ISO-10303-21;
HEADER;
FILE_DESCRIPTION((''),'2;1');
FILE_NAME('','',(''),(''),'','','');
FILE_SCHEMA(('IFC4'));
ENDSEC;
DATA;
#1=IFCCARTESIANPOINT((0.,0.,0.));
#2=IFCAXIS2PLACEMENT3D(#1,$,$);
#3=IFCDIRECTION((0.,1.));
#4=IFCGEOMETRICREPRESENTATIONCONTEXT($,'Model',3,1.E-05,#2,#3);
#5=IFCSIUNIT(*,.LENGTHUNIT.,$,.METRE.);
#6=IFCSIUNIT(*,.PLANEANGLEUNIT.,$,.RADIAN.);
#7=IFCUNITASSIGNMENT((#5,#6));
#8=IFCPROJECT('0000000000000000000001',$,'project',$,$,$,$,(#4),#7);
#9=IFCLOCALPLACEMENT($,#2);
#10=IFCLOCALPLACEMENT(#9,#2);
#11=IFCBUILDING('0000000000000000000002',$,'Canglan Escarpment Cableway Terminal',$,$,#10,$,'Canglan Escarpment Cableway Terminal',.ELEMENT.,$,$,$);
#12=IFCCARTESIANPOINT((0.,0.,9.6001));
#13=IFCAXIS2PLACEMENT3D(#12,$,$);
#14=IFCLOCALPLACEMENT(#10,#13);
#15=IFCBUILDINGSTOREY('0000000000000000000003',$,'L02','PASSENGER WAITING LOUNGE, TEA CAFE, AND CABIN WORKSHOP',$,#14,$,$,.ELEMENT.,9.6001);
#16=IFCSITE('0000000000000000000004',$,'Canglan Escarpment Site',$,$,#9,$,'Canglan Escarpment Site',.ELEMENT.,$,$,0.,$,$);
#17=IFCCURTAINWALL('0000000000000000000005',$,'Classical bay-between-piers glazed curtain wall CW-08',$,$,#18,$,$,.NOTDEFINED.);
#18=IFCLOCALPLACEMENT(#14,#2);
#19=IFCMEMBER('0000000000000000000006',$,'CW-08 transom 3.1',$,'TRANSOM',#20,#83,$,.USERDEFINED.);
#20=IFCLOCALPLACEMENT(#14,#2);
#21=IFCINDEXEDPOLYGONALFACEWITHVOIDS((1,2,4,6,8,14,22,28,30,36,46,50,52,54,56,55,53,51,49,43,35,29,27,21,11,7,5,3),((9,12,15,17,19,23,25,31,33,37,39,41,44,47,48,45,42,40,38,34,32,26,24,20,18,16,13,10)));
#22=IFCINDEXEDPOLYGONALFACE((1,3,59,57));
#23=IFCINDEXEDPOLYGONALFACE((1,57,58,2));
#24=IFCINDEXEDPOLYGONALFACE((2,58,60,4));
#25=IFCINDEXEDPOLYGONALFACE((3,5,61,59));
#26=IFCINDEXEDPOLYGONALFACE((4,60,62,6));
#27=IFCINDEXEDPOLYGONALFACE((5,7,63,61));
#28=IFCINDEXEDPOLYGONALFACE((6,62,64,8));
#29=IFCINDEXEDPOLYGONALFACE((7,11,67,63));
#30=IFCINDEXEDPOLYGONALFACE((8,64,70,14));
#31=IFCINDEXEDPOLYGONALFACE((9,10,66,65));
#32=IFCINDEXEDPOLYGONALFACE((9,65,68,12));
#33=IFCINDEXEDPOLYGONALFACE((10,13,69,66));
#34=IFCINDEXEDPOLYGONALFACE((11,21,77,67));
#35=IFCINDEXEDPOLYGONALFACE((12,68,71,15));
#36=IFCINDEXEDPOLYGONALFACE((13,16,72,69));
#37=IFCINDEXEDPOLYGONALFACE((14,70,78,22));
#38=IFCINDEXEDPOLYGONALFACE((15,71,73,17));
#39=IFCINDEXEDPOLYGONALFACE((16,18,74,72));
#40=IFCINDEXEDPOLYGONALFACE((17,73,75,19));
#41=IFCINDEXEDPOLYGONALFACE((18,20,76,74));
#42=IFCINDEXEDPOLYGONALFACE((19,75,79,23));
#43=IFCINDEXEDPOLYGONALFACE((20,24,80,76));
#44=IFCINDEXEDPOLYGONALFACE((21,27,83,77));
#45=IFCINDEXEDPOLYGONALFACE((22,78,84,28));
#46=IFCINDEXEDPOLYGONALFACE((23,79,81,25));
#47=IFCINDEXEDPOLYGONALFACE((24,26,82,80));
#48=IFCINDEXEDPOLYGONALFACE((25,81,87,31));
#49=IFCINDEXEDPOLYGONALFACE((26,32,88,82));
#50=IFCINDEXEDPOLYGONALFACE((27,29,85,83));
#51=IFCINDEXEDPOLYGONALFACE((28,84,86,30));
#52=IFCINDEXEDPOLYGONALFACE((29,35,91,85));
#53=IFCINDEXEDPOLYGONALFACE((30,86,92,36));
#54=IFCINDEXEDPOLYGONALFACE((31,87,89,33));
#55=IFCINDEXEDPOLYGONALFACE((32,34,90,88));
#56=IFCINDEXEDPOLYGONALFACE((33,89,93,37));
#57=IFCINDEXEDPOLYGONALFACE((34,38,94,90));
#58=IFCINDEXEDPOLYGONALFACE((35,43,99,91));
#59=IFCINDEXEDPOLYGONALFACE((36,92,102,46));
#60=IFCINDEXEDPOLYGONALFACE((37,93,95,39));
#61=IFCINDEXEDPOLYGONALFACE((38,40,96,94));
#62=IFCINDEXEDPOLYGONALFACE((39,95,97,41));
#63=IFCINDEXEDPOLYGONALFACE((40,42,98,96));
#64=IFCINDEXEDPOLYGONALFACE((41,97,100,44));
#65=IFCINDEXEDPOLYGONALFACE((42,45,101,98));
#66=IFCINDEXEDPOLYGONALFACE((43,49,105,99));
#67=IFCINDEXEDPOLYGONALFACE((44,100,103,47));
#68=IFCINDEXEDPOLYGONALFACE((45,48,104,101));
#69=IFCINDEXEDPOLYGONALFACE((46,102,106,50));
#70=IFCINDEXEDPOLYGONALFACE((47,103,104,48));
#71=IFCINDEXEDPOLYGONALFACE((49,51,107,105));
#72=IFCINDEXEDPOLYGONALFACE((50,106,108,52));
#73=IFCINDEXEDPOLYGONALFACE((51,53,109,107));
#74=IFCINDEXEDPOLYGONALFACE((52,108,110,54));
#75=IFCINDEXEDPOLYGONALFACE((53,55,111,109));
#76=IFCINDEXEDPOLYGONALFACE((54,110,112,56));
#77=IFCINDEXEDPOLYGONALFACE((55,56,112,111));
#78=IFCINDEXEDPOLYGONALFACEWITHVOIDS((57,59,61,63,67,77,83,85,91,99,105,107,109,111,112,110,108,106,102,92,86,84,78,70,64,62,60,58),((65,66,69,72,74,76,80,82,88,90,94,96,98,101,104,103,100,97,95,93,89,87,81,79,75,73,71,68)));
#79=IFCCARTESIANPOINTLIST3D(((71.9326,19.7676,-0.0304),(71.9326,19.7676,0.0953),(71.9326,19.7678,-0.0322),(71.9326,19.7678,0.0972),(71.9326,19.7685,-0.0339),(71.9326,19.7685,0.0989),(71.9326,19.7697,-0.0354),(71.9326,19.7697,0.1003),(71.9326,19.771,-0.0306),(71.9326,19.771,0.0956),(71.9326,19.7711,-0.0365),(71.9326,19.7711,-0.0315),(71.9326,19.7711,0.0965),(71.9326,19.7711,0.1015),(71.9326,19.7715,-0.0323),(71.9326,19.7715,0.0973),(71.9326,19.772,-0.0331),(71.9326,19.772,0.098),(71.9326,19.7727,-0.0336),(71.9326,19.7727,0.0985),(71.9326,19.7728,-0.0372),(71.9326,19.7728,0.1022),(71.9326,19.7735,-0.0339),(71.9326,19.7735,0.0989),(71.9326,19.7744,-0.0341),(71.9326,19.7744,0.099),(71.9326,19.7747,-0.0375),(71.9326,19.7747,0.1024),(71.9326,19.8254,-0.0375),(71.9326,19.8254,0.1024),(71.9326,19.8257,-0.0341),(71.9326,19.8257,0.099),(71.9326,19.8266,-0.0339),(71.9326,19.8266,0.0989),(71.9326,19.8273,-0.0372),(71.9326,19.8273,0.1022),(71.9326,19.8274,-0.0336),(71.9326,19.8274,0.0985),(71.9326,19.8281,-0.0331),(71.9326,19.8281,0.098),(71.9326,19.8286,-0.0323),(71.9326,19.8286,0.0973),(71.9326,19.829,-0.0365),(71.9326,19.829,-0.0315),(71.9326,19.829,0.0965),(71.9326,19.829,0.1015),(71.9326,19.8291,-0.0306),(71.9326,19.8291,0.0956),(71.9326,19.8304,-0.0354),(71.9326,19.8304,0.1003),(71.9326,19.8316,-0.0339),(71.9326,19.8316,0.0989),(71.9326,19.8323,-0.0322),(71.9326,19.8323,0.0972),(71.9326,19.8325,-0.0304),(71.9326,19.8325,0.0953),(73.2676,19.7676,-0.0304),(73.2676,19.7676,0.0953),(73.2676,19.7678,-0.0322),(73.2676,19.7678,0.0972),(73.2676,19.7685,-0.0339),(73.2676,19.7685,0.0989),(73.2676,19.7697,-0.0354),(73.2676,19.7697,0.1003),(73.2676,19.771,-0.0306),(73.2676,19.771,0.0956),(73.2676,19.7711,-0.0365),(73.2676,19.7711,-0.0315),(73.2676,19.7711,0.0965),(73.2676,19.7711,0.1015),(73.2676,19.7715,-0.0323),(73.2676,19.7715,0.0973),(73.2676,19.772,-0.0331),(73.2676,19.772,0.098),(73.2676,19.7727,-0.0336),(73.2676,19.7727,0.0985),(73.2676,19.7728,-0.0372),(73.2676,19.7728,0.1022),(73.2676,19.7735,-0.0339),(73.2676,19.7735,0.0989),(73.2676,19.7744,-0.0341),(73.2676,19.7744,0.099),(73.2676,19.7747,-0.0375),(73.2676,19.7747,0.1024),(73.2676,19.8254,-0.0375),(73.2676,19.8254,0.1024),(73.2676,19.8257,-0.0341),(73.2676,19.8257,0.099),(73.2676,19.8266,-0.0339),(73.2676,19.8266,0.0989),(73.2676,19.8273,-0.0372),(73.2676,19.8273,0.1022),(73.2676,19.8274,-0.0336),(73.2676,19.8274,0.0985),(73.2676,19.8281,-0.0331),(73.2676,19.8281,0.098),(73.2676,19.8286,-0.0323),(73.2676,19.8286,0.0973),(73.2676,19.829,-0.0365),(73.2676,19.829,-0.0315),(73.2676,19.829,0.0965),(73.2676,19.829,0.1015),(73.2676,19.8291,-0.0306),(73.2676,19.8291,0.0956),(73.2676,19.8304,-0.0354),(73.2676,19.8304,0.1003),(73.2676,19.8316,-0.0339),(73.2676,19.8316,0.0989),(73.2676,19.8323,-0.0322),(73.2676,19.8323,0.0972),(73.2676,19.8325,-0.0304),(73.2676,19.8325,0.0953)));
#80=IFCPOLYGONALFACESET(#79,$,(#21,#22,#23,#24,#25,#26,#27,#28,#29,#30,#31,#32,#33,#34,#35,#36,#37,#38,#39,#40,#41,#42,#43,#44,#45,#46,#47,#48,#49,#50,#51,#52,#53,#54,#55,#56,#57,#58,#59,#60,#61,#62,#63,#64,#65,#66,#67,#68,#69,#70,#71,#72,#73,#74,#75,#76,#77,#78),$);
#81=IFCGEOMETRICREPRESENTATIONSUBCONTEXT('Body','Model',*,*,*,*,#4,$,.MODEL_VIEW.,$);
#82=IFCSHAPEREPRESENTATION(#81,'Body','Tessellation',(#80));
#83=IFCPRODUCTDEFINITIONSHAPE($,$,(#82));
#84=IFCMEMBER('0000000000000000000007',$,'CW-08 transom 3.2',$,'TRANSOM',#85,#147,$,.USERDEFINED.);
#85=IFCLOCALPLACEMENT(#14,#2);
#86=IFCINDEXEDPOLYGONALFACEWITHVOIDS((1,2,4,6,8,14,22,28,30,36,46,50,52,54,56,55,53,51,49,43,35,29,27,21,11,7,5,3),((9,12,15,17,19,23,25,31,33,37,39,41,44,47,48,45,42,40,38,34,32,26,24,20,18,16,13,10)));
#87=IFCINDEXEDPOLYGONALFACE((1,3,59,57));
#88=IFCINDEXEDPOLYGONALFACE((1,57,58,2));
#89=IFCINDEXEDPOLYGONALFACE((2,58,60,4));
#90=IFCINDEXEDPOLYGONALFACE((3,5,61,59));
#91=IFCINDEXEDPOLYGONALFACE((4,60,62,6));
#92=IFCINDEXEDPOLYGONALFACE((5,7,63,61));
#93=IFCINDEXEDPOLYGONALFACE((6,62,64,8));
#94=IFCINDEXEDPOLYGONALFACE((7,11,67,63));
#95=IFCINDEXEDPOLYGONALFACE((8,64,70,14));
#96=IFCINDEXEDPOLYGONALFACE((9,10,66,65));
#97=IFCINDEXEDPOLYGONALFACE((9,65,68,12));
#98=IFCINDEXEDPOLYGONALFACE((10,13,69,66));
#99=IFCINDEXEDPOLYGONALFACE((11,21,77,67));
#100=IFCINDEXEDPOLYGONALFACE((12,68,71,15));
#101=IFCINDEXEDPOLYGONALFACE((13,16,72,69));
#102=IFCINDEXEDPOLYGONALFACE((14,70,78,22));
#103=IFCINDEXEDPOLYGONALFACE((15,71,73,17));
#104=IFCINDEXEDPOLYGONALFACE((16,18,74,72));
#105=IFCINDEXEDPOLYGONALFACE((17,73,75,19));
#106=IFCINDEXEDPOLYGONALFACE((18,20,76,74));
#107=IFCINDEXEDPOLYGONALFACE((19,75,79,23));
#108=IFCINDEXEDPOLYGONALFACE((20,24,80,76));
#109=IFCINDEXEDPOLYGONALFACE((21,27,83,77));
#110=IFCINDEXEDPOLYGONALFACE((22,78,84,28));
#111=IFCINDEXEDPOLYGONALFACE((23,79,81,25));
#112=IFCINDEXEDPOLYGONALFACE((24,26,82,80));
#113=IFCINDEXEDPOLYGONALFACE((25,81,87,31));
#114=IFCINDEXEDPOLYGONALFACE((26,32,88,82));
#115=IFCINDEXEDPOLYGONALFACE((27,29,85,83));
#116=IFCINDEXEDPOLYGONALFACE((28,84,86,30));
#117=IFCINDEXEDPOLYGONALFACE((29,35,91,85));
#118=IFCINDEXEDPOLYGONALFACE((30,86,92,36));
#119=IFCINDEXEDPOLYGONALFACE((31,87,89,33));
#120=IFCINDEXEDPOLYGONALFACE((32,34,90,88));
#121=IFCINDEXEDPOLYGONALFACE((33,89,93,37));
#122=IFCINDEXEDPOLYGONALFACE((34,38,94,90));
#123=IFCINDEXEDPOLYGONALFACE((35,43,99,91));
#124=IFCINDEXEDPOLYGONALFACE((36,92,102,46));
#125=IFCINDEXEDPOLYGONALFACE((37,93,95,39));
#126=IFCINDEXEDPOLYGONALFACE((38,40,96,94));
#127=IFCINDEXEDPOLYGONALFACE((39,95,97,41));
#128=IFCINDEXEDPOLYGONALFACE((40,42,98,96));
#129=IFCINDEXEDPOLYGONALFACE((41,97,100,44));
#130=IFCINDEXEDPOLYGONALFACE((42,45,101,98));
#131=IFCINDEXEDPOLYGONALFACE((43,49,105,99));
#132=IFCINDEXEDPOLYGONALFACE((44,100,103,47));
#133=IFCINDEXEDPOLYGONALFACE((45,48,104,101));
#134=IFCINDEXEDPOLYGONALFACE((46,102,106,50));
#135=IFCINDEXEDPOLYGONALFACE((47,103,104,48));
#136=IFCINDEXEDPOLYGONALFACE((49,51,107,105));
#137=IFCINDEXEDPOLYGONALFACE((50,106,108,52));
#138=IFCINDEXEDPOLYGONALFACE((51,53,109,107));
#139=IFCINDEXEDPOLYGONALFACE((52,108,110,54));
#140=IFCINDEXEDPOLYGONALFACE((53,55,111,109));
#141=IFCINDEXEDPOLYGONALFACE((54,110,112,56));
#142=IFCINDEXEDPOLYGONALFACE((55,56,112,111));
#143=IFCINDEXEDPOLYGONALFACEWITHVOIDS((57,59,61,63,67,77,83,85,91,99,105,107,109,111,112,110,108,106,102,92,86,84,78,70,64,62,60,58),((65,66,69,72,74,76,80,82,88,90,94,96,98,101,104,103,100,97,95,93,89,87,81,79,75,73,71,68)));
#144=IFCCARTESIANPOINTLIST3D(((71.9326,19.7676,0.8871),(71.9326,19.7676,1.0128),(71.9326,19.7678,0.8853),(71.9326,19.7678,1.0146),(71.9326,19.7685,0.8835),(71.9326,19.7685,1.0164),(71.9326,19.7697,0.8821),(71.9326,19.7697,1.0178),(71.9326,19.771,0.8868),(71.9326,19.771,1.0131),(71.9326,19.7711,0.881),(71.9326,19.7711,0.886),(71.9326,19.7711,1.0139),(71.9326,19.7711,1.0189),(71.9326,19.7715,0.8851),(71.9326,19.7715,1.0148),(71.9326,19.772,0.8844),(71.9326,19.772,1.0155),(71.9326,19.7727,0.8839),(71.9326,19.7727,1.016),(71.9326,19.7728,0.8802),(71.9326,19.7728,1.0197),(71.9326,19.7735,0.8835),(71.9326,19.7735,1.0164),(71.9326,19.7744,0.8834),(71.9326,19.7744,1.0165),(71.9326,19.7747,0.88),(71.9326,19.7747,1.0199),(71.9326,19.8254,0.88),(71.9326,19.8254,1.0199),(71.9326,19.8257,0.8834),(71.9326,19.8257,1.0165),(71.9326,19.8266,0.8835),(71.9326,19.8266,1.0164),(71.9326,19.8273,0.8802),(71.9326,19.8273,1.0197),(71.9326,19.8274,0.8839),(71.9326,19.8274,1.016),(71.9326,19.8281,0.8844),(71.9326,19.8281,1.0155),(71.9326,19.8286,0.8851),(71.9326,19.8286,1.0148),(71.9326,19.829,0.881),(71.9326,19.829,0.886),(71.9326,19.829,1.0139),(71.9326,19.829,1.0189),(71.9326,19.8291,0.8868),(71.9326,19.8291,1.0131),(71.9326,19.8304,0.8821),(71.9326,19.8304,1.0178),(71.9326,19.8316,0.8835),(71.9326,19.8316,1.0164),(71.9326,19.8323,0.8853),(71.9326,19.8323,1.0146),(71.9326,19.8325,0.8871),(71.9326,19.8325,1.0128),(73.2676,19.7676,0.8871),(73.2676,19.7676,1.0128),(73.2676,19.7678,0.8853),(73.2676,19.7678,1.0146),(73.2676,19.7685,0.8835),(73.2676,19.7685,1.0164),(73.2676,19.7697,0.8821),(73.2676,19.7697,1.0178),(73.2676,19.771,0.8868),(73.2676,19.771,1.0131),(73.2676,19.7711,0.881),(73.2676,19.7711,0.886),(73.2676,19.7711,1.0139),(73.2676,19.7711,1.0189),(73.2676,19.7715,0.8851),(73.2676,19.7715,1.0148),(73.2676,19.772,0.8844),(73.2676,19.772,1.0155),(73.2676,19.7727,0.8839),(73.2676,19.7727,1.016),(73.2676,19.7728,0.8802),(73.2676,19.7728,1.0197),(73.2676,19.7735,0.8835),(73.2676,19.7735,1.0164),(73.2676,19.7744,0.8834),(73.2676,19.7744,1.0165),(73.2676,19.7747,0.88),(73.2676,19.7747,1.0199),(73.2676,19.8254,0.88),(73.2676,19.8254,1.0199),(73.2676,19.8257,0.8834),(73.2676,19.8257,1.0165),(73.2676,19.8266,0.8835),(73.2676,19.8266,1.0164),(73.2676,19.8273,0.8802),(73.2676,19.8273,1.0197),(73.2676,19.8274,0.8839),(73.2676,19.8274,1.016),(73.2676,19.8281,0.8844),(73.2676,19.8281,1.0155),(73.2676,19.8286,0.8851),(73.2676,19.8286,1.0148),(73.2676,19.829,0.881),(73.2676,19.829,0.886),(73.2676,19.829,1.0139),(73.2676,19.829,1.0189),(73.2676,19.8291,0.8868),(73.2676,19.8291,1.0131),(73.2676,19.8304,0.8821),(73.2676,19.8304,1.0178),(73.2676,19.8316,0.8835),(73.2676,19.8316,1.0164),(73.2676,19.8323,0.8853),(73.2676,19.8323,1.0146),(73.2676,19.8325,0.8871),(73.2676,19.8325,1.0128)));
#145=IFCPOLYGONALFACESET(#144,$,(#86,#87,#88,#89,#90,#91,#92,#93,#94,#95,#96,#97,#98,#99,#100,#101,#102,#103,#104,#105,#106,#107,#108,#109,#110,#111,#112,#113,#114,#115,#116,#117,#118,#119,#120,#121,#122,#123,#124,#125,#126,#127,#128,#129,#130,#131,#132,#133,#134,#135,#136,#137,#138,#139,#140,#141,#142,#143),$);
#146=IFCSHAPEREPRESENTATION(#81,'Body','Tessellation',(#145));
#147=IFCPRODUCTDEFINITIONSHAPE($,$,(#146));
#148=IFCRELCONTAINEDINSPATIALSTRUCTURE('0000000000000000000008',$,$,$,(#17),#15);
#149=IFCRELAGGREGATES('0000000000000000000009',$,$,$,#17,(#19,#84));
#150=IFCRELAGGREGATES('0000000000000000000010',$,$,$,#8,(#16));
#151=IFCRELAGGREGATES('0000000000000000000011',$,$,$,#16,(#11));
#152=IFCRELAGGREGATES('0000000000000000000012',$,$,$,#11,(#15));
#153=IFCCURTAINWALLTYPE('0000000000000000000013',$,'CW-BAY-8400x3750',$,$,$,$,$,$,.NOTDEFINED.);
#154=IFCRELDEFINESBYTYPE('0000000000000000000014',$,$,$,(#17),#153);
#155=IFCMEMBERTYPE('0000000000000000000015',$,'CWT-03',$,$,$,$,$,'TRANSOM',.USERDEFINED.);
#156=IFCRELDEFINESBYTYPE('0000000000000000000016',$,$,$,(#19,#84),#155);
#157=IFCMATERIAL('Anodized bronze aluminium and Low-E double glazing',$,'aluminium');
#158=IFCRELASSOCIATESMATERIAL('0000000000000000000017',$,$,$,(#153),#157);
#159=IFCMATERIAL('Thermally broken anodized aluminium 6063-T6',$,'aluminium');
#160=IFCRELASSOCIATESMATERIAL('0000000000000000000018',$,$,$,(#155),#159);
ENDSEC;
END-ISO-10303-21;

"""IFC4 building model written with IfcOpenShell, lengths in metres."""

from ifc_helpers import new_model, si_unit, direction, frame, origin, origin_2d, place, context, subcontext, project, spatial, hollow_rectangle, extrude, material, material_profile, profile_set, type_object, element, aggregate, save


model = new_model("IFC4")

# Units and contexts
model_context = context("Model", 3, precision=1e-05, world=origin(), true_north=direction((0.0, 1.0)))
body_context = subcontext(model_context, "Body", "Model", "MODEL_VIEW")
ifc_project = project(units=[si_unit("LENGTHUNIT", "METRE"), si_unit("PLANEANGLEUNIT", "RADIAN")], contexts=[model_context])

# Site, building, storey
site_placement = place(None, origin())
site = spatial("IfcSite", under=ifc_project, at=site_placement, Name="Canglan Escarpment Site", LongName="Canglan Escarpment Site", CompositionType="ELEMENT", RefElevation=0.0)
building_placement = place(site_placement, origin())
building = spatial("IfcBuilding", under=site, at=building_placement, Name="Canglan Escarpment Cableway Terminal", LongName="Canglan Escarpment Cableway Terminal", CompositionType="ELEMENT")
storey_placement = place(building_placement, frame((0.0, 0.0, 9.6001)))
storey = spatial("IfcBuildingStorey", under=building, at=storey_placement, Name="L02", Description="PASSENGER WAITING LOUNGE, TEA CAFE, AND CABIN WORKSHOP", CompositionType="ELEMENT", Elevation=9.6001)

# Curtain wall, members
ifc_material_1 = material(Name="Anodized bronze aluminium and Low-E double glazing", Category="aluminium")
curtain_wall_type = type_object("IfcCurtainWallType", Name="CW-BAY-8400x3750", PredefinedType="NOTDEFINED", material=ifc_material_1)
curtain_wall_placement = place(storey_placement, origin())
curtain_wall = element("IfcCurtainWall", 1, at=curtain_wall_placement, inside=storey, type_object=curtain_wall_type, Name="Classical bay-between-piers glazed curtain wall CW-08", PredefinedType="NOTDEFINED")
ifc_material_2 = material(Name="Thermally broken anodized aluminium 6063-T6", Category="aluminium")
ifc_material_profile_1 = material_profile(ifc_material_2, hollow_rectangle(XDim=0.0649, YDim=0.1399, WallThickness=0.0034, InnerFilletRadius=0.0034, OuterFilletRadius=0.0071, at=origin_2d()), Name="ALU-TRAN 65x140x3.5")
ifc_profile_set_1 = profile_set([ifc_material_profile_1], Name="Thermally broken anodized aluminium 6063-T6")
member_type_1 = type_object("IfcMemberType", Name="CWT-03", ElementType="TRANSOM", PredefinedType="USERDEFINED", material=ifc_profile_set_1)
member_1_placement = place(storey_placement, frame((73.2676, 19.8, 0.0325), z_axis=(-1.0, 0.0, 0.0), x_axis=(0.0, -1.0, 0.0)))
member_1 = element("IfcMember", 2, at=member_1_placement, type_object=member_type_1, Name="CW-08 transom 3.1", ObjectType="TRANSOM", PredefinedType="USERDEFINED", context=body_context, shape_type="SweptSolid", body=[
    extrude(hollow_rectangle(XDim=0.0649, YDim=0.1399, WallThickness=0.0034, InnerFilletRadius=0.0034, OuterFilletRadius=0.0071, at=origin_2d()), origin(), (0.0, 0.0, 1.0), 1.335),
])
member_2_placement = place(storey_placement, frame((73.2676, 19.8, 0.95), z_axis=(-1.0, 0.0, 0.0), x_axis=(0.0, -1.0, 0.0)))
member_2 = element("IfcMember", 3, at=member_2_placement, type_object=member_type_1, Name="CW-08 transom 3.2", ObjectType="TRANSOM", PredefinedType="USERDEFINED", context=body_context, shape_type="SweptSolid", body=[
    extrude(hollow_rectangle(XDim=0.0649, YDim=0.1399, WallThickness=0.0034, InnerFilletRadius=0.0034, OuterFilletRadius=0.0071, at=origin_2d()), origin(), (0.0, 0.0, 1.0), 1.335),
])

aggregate(curtain_wall, [member_1, member_2])

save(model, "model.ifc")
